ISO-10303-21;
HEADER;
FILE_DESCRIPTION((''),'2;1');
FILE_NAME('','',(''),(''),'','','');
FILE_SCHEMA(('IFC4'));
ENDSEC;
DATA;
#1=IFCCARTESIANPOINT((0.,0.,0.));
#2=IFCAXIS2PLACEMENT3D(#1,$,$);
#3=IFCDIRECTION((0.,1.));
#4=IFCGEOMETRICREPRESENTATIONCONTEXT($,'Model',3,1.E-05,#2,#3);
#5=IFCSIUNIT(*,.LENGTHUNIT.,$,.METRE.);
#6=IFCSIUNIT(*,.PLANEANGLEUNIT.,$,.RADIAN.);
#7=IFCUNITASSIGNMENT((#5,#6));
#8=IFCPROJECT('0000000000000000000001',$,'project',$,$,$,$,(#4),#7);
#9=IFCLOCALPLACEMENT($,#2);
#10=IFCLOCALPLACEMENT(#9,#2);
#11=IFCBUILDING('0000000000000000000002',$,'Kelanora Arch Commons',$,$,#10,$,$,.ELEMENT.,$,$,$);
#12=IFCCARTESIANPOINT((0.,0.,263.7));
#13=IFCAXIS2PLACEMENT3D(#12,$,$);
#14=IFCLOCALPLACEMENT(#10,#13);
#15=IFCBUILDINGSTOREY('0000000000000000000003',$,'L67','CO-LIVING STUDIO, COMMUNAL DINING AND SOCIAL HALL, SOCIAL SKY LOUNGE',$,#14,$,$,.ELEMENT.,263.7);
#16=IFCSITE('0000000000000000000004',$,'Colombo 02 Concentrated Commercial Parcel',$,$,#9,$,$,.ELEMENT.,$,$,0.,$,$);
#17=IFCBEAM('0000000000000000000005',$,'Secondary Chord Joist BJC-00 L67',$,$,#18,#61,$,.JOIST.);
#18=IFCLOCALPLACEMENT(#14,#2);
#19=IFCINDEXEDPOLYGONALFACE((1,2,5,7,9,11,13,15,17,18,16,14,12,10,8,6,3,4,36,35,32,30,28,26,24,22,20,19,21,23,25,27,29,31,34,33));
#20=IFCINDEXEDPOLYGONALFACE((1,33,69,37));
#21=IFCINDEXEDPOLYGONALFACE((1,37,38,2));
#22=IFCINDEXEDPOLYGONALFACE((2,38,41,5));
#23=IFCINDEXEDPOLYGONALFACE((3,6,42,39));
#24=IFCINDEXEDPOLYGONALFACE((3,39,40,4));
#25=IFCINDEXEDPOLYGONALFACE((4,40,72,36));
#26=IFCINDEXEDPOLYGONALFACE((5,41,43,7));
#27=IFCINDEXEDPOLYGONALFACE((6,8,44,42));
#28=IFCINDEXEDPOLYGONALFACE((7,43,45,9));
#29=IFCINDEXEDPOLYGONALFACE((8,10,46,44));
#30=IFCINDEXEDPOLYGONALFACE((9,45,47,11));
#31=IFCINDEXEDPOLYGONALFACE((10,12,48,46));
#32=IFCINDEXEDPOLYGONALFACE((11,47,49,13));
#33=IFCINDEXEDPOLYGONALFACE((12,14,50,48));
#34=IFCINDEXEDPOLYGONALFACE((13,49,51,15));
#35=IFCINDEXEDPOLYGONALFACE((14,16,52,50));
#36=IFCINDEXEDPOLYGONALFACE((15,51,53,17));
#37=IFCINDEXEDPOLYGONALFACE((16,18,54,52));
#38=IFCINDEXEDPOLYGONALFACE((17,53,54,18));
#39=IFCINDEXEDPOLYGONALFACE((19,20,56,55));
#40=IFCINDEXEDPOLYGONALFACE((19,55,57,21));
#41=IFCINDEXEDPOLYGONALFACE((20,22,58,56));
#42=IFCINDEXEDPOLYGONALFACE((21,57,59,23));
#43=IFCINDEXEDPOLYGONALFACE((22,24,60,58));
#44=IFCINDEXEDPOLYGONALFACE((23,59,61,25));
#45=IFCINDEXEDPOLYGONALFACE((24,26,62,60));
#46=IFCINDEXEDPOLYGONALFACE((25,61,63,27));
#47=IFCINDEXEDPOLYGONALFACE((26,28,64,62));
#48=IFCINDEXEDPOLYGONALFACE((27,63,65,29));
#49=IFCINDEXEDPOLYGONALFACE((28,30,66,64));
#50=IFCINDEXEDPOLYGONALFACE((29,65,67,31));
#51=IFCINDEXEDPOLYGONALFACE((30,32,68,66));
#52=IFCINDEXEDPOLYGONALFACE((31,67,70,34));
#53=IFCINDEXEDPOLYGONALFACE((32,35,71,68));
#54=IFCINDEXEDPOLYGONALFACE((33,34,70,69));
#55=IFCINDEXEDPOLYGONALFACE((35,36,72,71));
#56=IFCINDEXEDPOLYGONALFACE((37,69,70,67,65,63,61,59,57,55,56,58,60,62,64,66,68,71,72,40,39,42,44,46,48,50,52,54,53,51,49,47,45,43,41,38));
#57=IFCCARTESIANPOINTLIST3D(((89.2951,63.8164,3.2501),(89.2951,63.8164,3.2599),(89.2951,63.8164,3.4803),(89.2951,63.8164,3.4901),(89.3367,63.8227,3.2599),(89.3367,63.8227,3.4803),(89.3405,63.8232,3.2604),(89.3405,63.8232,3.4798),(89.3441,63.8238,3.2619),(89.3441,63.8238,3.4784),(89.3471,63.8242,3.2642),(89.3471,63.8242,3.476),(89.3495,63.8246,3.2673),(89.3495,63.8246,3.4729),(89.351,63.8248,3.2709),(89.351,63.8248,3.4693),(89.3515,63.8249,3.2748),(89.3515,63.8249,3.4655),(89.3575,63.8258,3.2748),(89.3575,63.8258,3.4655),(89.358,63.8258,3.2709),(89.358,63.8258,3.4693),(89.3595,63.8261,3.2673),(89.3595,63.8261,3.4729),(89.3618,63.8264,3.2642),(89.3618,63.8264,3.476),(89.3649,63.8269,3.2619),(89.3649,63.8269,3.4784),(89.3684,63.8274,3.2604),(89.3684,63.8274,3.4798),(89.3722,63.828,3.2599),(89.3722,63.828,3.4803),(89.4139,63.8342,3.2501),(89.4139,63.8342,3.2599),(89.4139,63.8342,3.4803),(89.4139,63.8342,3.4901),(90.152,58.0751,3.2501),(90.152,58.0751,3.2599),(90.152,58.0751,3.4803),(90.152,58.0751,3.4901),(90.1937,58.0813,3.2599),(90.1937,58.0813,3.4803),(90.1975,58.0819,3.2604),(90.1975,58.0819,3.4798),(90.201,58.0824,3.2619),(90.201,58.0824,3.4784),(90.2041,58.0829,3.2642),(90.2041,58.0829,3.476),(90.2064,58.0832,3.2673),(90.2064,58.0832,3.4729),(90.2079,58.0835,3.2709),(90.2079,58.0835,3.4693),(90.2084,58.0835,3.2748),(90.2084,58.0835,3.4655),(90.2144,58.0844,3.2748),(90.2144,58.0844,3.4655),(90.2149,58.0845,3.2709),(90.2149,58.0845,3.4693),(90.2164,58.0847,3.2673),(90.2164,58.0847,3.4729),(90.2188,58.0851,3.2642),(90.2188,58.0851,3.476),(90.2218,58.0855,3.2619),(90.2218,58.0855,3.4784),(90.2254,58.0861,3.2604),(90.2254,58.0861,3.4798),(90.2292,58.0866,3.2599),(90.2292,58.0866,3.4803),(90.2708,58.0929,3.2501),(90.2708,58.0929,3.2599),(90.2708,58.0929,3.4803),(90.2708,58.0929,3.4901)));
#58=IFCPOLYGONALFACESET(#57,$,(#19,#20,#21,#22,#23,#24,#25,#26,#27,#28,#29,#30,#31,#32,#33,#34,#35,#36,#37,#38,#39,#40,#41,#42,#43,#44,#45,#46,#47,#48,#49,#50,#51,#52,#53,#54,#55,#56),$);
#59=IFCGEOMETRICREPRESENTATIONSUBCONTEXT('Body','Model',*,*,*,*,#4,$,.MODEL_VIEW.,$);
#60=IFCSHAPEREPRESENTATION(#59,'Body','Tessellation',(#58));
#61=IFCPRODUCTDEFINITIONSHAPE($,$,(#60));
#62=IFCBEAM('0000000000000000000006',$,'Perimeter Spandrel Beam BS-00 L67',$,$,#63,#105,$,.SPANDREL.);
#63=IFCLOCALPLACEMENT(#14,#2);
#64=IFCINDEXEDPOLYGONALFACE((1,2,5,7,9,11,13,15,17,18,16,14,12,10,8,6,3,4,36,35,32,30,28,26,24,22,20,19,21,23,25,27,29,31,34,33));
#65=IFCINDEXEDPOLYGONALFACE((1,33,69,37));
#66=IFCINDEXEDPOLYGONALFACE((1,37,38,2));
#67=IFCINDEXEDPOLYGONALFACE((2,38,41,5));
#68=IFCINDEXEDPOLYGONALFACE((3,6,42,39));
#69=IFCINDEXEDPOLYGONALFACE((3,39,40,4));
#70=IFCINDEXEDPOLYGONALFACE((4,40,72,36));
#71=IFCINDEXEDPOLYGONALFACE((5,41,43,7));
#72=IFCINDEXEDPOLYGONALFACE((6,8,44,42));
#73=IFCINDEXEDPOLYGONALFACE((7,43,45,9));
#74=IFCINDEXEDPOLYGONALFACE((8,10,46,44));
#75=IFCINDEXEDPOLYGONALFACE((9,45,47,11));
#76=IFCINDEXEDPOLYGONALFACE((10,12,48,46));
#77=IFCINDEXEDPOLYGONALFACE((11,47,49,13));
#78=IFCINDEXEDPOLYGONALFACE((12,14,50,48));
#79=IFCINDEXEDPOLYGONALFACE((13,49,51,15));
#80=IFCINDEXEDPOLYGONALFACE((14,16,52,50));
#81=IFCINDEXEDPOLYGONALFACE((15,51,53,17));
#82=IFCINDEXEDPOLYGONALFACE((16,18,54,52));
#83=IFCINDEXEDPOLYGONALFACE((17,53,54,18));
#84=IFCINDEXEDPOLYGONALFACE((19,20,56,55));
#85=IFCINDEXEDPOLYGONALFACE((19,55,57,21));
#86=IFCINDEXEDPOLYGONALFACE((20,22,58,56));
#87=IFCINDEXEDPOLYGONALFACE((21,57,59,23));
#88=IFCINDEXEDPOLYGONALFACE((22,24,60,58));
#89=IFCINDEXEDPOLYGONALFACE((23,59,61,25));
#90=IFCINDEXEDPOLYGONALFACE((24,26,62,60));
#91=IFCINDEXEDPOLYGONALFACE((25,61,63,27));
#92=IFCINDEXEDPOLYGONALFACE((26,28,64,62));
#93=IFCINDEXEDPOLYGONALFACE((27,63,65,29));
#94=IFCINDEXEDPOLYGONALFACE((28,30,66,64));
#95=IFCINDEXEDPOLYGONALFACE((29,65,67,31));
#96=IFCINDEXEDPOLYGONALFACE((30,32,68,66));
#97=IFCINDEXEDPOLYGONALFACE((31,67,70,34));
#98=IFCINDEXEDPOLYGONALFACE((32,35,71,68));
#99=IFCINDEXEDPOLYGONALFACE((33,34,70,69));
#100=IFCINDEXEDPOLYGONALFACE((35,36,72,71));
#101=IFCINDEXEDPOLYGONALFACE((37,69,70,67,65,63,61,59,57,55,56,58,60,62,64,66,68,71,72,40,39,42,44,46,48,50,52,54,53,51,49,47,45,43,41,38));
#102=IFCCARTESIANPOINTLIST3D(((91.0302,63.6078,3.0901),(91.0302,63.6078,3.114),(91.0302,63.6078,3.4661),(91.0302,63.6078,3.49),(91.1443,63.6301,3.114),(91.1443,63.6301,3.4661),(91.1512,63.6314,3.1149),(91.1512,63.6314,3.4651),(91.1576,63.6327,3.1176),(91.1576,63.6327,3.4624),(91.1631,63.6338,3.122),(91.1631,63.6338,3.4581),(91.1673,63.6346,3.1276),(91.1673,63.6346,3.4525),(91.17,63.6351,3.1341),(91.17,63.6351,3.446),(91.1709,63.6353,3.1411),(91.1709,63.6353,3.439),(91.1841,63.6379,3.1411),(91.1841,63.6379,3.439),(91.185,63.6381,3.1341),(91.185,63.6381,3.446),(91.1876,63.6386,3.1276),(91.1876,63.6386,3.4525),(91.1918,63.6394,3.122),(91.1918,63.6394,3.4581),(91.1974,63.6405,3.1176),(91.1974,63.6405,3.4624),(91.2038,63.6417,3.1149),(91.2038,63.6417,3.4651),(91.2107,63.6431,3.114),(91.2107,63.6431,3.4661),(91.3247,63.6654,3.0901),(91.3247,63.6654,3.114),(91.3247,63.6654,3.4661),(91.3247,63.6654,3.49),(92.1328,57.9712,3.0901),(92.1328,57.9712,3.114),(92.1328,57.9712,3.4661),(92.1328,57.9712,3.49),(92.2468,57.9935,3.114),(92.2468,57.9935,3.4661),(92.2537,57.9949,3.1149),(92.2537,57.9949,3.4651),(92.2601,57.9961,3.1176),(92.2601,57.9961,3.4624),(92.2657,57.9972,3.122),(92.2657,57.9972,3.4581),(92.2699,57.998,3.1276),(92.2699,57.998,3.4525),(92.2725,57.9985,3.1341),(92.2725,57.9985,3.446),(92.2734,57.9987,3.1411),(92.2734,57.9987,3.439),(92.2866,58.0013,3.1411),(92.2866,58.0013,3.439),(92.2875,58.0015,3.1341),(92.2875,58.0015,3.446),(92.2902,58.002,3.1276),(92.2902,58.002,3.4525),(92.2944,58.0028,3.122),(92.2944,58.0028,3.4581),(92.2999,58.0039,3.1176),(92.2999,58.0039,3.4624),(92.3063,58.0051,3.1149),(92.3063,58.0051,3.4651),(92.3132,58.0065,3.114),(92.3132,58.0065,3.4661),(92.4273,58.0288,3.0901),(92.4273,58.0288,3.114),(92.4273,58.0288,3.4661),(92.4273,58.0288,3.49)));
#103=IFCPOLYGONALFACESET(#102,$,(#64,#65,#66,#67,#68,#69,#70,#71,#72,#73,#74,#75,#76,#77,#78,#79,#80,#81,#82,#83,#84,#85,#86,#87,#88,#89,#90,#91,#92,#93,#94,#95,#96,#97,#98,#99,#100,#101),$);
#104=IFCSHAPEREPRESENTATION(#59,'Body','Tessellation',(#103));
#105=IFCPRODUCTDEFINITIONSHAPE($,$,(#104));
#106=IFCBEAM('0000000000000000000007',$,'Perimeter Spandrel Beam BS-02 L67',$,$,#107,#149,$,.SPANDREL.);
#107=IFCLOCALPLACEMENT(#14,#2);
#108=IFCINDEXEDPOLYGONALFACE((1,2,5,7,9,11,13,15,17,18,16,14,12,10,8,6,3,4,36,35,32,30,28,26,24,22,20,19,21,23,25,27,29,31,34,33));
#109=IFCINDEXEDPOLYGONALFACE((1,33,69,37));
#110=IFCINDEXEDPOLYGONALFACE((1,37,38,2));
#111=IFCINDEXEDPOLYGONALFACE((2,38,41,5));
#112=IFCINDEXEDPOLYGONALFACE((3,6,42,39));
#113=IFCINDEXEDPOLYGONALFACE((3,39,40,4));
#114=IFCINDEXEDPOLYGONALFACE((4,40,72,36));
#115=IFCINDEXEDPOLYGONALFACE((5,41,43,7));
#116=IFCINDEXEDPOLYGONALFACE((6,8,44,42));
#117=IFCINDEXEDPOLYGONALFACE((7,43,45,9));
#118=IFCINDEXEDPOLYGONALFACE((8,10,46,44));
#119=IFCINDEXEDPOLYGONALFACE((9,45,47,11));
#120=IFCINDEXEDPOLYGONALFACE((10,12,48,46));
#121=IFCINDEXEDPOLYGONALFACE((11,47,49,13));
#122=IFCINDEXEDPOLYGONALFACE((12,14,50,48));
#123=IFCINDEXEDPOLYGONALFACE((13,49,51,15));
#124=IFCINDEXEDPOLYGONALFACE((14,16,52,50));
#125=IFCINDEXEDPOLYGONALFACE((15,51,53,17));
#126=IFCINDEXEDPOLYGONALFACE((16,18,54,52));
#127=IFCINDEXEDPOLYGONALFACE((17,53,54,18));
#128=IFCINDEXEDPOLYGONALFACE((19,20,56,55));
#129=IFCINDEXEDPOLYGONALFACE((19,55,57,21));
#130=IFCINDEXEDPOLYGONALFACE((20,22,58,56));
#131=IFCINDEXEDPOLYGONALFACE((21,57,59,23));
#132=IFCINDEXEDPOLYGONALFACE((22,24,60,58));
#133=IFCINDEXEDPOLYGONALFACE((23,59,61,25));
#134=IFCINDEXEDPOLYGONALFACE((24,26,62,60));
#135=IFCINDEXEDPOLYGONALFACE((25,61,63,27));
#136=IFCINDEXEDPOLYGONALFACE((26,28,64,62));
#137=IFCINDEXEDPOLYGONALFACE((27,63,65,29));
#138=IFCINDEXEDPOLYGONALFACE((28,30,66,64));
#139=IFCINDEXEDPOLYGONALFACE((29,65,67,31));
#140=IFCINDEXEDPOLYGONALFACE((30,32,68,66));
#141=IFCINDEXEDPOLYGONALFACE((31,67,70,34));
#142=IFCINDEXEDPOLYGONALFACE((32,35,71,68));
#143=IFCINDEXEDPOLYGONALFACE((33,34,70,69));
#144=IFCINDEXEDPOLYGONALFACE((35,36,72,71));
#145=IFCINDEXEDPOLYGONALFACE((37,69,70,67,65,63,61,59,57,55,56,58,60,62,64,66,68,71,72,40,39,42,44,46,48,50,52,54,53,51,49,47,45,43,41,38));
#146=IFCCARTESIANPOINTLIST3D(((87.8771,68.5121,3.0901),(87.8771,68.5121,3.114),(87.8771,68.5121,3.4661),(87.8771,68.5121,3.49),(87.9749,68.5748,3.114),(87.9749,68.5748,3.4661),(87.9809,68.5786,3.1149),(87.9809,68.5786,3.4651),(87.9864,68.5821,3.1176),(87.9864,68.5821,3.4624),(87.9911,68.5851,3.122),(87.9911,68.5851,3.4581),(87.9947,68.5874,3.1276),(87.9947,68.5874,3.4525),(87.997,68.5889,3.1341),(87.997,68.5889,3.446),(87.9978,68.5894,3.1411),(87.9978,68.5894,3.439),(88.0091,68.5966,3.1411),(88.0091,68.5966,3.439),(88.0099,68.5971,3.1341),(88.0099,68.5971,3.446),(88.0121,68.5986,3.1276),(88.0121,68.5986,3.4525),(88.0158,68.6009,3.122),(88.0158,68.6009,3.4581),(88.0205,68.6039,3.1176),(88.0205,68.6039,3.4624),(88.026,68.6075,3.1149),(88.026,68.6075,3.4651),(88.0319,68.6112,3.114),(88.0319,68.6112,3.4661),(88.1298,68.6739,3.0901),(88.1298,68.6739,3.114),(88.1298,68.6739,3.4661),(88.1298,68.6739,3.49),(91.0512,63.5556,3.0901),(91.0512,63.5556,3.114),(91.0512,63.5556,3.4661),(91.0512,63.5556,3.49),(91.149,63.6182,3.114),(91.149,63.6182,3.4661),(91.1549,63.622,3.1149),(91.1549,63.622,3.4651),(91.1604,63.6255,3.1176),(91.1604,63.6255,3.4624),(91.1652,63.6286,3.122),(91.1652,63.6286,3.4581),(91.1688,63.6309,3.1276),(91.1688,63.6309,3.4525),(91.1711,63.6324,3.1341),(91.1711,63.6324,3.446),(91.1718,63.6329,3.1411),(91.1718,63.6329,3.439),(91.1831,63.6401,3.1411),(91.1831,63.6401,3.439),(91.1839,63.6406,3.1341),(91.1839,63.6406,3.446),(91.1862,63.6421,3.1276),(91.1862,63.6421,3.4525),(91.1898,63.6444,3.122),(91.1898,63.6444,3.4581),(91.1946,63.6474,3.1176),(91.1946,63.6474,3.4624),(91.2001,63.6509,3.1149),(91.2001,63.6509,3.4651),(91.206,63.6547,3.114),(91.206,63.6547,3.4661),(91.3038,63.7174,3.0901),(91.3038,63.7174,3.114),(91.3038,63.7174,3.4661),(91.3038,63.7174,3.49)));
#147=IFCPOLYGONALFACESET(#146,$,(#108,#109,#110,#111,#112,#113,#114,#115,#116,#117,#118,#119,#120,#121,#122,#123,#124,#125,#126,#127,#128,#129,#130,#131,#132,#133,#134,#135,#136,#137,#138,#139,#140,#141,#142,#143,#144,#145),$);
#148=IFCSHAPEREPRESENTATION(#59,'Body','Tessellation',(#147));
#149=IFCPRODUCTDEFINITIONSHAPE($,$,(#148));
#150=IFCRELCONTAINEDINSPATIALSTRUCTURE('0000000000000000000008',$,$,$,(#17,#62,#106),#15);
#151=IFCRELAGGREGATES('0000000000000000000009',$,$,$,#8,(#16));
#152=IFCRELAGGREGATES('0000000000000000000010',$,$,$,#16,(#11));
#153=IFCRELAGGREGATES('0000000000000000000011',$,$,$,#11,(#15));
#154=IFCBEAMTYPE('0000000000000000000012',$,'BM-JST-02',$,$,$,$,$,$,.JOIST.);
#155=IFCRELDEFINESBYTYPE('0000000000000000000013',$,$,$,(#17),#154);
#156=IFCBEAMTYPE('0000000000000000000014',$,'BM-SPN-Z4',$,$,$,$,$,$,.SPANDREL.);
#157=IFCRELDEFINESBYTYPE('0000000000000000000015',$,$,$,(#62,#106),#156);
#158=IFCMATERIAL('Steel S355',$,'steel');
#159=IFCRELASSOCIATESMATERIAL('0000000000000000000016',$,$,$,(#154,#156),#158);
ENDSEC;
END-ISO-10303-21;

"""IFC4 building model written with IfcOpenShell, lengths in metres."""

from ifc_helpers import new_model, si_unit, direction, frame, origin, origin_2d, place, context, subcontext, project, spatial, i_section, extrude, material, material_profile, profile_set, type_object, element, save


model = new_model("IFC4")

# Units and contexts
model_context = context("Model", 3, precision=1e-05, world=origin(), true_north=direction((0.0, 1.0)))
body_context = subcontext(model_context, "Body", "Model", "MODEL_VIEW")
ifc_project = project(units=[si_unit("LENGTHUNIT", "METRE"), si_unit("PLANEANGLEUNIT", "RADIAN")], contexts=[model_context])

# Site, building, storey
site_placement = place(None, origin())
site = spatial("IfcSite", under=ifc_project, at=site_placement, Name="Colombo 02 Concentrated Commercial Parcel", CompositionType="ELEMENT", RefElevation=0.0)
building_placement = place(site_placement, origin())
building = spatial("IfcBuilding", under=site, at=building_placement, Name="Kelanora Arch Commons", CompositionType="ELEMENT")
storey_placement = place(building_placement, frame((0.0, 0.0, 263.7)))
storey = spatial("IfcBuildingStorey", under=building, at=storey_placement, Name="L67", Description="CO-LIVING STUDIO, COMMUNAL DINING AND SOCIAL HALL, SOCIAL SKY LOUNGE", CompositionType="ELEMENT", Elevation=263.7)

# Beams
ifc_material_1 = material(Name="Steel S355", Category="steel")
ifc_material_profile_1 = material_profile(ifc_material_1, i_section(OverallWidth=0.1201, OverallDepth=0.24, WebThickness=0.0061, FlangeThickness=0.0098, FilletRadius=0.0149, at=origin_2d()), Name="IPE240")
ifc_profile_set_1 = profile_set([ifc_material_profile_1], Name="Steel S355")
beam_type_1 = type_object("IfcBeamType", Name="BM-JST-02", PredefinedType="JOIST", material=ifc_profile_set_1)
beam_1_placement = place(storey_placement, frame((90.2114, 58.084, 3.3701), z_axis=(-0.147625, 0.989043, 0.0), x_axis=(-0.989043, -0.147625, 0.0)))
element("IfcBeam", 1, at=beam_1_placement, inside=storey, type_object=beam_type_1, Name="Secondary Chord Joist BJC-00 L67", PredefinedType="JOIST", context=body_context, shape_type="SweptSolid", body=[
    extrude(i_section(OverallWidth=0.1201, OverallDepth=0.24, WebThickness=0.0061, FlangeThickness=0.0098, FilletRadius=0.0149, at=origin_2d()), origin(), (0.0, 0.0, 1.0), 5.8049),
])
ifc_material_profile_2 = material_profile(ifc_material_1, i_section(OverallWidth=0.3, OverallDepth=0.3999, WebThickness=0.0134, FlangeThickness=0.0239, FilletRadius=0.0271, at=origin_2d()), Name="HEB400")
ifc_profile_set_2 = profile_set([ifc_material_profile_2], Name="Steel S355")
beam_type_2 = type_object("IfcBeamType", Name="BM-SPN-Z4", PredefinedType="SPANDREL", material=ifc_profile_set_2)
beam_2_placement = place(storey_placement, frame((92.28, 58.0, 3.29), z_axis=(-0.19197, 0.981401, 0.0), x_axis=(-0.981401, -0.19197, 0.0)))
element("IfcBeam", 2, at=beam_2_placement, inside=storey, type_object=beam_type_2, Name="Perimeter Spandrel Beam BS-00 L67", PredefinedType="SPANDREL", context=body_context, shape_type="SweptSolid", body=[
    extrude(i_section(OverallWidth=0.3, OverallDepth=0.3999, WebThickness=0.0134, FlangeThickness=0.0239, FilletRadius=0.0271, at=origin_2d()), origin(), (0.0, 0.0, 1.0), 5.7434),
])
beam_3_placement = place(storey_placement, frame((91.1775, 63.6365, 3.29), z_axis=(-0.539281, 0.842126, 0.0), x_axis=(-0.842126, -0.539281, 0.0)))
element("IfcBeam", 3, at=beam_3_placement, inside=storey, type_object=beam_type_2, Name="Perimeter Spandrel Beam BS-02 L67", PredefinedType="SPANDREL", context=body_context, shape_type="SweptSolid", body=[
    extrude(i_section(OverallWidth=0.3, OverallDepth=0.3999, WebThickness=0.0134, FlangeThickness=0.0239, FilletRadius=0.0271, at=origin_2d()), origin(), (0.0, 0.0, 1.0), 5.8857),
])

save(model, "model.ifc")
